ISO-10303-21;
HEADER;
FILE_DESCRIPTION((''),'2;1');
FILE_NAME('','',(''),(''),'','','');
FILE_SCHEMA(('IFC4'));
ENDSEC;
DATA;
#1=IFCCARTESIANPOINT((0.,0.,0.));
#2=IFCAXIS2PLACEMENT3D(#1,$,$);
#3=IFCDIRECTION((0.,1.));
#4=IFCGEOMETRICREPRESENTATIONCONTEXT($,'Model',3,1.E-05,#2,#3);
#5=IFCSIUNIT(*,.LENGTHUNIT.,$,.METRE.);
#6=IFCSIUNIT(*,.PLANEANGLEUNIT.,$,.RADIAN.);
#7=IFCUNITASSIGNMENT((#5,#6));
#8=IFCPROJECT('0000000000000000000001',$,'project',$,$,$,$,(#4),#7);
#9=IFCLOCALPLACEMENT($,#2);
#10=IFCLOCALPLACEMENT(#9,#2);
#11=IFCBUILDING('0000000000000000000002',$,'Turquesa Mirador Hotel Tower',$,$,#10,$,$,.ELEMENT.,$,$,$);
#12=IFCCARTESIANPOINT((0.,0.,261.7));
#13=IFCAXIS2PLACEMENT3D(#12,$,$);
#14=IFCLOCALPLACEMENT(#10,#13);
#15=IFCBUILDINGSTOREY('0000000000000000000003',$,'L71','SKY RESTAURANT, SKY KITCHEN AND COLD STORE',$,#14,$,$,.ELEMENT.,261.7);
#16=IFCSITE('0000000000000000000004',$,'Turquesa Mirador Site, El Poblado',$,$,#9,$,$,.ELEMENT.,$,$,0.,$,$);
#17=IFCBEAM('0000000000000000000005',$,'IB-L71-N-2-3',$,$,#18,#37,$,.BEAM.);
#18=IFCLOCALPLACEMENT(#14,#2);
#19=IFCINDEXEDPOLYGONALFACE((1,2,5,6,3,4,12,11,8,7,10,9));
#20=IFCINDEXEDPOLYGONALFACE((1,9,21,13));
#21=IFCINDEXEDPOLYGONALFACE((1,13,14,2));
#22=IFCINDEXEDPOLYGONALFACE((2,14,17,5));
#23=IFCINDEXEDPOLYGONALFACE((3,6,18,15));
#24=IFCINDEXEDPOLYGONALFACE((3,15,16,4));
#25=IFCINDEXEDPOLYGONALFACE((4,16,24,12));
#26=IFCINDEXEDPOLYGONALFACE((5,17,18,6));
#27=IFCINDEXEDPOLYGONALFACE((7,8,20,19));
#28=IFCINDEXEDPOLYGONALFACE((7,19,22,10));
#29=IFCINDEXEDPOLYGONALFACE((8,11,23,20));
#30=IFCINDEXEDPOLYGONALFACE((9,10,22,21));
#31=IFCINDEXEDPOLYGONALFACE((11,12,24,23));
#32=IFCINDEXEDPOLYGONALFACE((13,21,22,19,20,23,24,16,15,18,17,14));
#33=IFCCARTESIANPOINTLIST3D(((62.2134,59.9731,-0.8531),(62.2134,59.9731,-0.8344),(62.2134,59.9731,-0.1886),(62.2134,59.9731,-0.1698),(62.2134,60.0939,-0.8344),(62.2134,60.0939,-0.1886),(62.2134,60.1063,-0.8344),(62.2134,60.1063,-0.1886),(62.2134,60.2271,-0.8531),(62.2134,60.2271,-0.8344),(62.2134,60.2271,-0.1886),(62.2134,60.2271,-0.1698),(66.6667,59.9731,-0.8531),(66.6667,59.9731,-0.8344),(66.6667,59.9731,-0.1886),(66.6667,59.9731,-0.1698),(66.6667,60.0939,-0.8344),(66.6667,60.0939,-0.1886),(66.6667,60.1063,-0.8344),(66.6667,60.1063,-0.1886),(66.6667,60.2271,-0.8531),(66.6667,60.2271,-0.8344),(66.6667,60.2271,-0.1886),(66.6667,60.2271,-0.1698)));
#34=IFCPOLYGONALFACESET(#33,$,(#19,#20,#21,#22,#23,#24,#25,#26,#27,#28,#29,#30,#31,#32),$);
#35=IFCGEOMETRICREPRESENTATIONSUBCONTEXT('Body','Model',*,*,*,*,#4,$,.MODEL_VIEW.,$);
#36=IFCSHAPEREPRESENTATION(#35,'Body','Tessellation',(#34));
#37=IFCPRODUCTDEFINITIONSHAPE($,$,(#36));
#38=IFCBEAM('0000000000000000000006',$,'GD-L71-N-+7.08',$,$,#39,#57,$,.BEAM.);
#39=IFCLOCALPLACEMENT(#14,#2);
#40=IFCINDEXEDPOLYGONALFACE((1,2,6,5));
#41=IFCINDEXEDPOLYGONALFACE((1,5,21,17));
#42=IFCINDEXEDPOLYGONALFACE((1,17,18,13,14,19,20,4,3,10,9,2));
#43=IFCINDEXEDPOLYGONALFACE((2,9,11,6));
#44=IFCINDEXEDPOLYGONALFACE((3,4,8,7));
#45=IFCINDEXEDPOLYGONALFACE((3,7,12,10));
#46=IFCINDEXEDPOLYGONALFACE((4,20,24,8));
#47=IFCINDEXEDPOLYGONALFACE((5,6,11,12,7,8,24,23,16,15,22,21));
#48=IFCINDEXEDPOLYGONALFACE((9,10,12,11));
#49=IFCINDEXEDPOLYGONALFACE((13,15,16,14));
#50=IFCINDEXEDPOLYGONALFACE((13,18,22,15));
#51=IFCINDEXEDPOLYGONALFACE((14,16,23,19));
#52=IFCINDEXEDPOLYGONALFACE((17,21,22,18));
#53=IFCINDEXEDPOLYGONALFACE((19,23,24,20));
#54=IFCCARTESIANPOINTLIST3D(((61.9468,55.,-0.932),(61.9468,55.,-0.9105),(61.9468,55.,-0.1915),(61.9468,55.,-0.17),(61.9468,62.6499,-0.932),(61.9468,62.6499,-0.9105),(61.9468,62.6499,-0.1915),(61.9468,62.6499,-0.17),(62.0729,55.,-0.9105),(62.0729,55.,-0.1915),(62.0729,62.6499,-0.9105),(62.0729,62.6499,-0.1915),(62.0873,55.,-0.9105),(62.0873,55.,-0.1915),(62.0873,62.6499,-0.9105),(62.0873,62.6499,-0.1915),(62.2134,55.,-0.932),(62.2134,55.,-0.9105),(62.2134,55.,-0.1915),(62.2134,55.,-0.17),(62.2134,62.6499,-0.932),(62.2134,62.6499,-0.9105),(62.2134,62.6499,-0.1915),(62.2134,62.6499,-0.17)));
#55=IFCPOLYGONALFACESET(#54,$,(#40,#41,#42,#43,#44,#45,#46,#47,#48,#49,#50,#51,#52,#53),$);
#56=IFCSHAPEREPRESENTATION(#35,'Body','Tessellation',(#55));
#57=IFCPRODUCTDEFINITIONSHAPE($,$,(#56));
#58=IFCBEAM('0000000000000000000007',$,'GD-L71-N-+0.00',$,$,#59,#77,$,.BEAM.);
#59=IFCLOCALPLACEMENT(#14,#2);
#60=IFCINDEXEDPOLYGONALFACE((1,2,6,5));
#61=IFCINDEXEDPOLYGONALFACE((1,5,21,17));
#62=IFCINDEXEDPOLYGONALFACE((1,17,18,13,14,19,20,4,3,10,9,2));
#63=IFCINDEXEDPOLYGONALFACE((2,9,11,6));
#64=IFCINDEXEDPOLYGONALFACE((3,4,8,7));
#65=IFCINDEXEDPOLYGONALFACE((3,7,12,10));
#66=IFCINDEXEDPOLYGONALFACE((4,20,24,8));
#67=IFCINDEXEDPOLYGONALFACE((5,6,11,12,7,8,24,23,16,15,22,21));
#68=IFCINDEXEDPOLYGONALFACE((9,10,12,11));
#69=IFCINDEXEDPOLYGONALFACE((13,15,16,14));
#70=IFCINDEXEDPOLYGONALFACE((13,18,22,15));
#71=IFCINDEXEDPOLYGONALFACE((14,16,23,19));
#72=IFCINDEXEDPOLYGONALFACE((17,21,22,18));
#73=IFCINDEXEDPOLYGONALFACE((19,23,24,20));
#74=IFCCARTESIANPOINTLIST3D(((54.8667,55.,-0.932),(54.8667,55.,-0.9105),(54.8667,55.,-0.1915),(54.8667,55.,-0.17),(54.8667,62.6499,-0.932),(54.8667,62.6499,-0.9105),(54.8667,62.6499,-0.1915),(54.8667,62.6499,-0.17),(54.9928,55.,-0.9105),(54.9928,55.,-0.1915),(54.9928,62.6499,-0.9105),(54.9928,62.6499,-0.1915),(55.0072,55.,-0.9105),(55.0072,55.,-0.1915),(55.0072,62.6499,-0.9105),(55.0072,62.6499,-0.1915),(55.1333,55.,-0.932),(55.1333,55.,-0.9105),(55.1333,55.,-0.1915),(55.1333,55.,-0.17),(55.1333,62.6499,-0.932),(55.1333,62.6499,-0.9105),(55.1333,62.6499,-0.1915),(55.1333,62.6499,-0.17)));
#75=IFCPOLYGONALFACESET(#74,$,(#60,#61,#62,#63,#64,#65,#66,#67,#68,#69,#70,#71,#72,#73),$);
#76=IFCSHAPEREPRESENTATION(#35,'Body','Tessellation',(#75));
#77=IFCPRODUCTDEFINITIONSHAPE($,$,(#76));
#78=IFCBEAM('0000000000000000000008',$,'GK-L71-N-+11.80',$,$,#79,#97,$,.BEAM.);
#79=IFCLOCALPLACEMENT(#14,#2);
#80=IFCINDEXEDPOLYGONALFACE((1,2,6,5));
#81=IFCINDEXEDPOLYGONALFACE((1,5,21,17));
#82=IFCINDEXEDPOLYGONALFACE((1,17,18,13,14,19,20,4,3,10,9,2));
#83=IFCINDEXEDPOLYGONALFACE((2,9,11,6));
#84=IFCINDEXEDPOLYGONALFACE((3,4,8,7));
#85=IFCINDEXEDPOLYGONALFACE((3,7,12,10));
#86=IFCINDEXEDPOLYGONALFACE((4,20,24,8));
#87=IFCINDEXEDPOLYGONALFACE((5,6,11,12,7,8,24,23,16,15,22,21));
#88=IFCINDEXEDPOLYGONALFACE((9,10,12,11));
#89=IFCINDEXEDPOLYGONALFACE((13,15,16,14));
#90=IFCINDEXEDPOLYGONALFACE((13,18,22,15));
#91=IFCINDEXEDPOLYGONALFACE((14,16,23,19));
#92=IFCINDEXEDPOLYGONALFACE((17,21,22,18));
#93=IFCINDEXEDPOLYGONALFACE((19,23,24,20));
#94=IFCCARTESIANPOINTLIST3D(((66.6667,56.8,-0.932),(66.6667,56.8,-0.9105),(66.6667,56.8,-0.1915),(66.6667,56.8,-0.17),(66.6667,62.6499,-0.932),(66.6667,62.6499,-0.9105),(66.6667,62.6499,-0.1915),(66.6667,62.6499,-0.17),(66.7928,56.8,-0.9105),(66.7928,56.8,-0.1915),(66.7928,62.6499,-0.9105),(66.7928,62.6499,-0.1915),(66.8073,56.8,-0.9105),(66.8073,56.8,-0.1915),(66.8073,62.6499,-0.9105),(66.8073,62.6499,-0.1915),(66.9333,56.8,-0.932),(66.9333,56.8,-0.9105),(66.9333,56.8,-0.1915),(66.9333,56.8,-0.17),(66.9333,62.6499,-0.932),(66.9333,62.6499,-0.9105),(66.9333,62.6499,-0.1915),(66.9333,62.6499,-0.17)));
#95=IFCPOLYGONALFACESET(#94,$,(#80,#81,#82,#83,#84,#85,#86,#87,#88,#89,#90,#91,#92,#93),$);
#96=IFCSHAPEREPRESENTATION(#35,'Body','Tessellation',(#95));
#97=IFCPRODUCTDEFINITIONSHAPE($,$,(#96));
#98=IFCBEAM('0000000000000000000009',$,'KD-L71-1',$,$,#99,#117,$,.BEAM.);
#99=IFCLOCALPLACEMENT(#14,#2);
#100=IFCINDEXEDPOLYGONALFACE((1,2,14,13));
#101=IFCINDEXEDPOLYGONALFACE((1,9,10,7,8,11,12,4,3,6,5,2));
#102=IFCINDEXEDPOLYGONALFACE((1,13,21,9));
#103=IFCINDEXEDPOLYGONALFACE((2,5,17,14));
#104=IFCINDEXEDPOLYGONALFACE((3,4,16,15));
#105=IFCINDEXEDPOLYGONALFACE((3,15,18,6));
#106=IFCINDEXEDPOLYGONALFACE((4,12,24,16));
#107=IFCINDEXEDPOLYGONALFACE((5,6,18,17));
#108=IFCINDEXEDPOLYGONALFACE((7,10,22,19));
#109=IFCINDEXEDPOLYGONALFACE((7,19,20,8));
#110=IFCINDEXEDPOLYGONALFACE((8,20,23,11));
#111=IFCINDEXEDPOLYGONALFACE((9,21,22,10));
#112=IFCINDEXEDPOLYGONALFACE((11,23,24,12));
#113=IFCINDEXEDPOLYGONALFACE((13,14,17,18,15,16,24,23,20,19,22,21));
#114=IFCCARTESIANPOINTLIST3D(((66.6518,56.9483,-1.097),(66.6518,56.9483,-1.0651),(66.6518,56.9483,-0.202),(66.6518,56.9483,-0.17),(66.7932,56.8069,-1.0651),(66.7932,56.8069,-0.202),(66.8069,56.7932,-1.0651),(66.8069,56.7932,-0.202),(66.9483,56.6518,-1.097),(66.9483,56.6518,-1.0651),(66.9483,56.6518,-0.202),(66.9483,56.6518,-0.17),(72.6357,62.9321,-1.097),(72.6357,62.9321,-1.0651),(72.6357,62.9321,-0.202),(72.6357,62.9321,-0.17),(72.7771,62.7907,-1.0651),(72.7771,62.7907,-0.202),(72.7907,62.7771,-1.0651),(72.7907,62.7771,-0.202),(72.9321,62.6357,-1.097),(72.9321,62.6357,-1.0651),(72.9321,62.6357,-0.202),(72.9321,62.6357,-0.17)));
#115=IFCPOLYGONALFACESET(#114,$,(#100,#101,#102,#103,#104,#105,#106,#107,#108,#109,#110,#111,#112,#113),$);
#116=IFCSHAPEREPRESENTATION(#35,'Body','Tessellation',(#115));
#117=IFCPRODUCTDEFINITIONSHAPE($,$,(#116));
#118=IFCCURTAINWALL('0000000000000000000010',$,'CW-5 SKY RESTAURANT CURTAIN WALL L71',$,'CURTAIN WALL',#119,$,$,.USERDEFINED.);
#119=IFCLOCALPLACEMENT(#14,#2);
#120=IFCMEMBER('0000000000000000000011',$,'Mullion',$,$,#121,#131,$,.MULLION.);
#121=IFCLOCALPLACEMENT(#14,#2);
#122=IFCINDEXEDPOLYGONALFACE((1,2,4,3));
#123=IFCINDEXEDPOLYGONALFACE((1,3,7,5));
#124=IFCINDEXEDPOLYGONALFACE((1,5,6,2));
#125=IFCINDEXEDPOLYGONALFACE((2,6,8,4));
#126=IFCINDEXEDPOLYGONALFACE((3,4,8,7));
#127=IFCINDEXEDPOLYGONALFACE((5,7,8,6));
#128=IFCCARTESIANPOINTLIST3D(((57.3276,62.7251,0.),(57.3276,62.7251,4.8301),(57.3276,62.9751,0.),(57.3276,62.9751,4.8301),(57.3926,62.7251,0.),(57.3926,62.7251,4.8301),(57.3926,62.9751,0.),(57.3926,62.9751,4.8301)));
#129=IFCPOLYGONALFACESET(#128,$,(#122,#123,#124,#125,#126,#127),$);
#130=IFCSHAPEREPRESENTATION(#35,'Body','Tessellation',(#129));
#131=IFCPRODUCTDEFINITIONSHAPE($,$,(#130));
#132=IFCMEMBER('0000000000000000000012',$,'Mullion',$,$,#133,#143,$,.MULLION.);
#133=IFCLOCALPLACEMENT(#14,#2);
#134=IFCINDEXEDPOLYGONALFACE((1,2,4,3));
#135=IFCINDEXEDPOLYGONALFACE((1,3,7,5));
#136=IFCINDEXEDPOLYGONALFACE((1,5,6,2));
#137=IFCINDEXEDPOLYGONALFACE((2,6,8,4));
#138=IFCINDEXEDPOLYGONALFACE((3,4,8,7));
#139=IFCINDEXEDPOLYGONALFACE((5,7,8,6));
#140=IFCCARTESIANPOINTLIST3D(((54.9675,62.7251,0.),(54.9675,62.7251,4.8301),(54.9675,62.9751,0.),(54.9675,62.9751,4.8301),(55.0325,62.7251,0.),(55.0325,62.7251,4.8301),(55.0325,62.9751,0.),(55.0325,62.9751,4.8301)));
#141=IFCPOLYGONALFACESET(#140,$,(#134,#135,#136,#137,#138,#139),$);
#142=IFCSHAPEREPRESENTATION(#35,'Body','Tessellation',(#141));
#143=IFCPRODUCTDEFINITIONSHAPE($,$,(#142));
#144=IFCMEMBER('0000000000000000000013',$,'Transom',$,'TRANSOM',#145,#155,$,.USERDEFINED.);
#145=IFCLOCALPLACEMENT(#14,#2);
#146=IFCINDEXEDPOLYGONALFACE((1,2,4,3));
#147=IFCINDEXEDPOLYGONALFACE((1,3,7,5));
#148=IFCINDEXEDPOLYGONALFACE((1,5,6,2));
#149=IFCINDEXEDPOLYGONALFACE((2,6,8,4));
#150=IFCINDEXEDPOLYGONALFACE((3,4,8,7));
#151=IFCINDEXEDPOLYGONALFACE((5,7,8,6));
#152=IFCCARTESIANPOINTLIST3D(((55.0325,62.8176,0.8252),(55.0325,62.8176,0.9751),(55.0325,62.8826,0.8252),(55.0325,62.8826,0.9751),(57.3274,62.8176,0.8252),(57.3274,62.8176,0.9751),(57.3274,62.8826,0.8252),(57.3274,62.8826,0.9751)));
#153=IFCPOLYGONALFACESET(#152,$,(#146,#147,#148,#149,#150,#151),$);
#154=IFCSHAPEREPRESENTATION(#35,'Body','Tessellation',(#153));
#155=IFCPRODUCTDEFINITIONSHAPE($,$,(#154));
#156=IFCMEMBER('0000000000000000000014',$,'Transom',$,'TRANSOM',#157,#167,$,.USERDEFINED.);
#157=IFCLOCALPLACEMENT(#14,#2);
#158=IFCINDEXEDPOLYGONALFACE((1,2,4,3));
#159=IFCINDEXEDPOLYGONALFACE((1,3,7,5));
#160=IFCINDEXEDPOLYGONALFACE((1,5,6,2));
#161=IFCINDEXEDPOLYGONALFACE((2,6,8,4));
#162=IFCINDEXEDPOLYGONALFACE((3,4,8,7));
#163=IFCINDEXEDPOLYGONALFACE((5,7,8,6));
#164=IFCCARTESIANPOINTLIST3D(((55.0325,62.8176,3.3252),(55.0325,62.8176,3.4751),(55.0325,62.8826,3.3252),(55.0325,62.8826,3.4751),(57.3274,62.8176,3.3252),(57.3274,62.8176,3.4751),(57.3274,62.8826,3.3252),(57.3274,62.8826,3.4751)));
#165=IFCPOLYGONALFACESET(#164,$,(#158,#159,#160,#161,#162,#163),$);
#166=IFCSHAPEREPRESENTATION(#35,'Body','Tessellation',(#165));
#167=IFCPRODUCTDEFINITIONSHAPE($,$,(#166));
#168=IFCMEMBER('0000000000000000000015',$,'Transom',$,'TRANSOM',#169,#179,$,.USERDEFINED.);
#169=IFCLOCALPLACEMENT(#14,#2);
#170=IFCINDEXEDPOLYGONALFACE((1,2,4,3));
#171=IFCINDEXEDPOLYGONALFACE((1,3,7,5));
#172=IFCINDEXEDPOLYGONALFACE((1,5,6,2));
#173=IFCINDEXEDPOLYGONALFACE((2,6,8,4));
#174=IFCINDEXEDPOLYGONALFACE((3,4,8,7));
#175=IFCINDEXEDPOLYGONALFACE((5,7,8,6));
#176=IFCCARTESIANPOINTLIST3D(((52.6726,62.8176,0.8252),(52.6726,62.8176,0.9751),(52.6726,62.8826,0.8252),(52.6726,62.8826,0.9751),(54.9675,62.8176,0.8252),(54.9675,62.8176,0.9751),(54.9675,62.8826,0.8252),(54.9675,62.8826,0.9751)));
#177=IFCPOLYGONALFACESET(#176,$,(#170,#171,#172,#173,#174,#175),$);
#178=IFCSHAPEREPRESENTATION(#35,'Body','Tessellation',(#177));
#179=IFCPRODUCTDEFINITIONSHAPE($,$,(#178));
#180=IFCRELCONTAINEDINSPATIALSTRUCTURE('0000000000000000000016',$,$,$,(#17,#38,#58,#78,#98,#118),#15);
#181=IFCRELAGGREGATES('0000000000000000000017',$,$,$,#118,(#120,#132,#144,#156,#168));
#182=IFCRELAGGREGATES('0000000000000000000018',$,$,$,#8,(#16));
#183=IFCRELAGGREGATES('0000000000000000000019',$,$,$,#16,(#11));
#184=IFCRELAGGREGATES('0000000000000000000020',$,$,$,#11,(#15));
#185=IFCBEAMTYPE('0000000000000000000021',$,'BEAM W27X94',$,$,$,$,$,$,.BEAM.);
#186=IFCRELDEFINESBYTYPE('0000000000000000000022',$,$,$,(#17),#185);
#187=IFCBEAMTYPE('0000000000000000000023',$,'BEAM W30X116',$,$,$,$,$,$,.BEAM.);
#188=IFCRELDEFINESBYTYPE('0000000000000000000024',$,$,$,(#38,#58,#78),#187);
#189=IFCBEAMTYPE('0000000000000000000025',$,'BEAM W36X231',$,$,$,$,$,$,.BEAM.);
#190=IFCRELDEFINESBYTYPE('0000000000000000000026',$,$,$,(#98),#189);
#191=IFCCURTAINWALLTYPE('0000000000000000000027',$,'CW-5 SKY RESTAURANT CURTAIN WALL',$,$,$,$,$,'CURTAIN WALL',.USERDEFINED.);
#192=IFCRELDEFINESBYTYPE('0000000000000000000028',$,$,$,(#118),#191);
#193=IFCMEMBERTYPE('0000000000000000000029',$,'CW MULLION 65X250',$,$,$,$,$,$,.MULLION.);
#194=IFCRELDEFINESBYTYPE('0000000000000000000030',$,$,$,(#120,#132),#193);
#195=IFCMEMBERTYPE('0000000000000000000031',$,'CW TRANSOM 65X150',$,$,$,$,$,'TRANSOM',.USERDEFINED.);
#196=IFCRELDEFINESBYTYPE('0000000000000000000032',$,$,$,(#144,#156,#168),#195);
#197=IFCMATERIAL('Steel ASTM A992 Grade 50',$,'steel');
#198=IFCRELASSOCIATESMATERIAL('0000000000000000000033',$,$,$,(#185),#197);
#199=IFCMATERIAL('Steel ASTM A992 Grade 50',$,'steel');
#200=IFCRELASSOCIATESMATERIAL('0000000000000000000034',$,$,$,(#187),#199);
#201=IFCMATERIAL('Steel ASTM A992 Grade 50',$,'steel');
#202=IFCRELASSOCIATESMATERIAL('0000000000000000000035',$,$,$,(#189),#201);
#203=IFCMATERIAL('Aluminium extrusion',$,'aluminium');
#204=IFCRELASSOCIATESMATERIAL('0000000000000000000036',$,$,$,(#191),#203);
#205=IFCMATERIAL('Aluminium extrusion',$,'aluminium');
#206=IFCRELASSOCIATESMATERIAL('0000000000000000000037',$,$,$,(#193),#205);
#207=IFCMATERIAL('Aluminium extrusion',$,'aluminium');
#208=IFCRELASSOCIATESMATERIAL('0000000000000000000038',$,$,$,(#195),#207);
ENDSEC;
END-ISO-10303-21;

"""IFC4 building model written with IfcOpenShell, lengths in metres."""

from ifc_helpers import new_model, si_unit, direction, frame, origin, origin_2d, place, context, subcontext, project, spatial, rectangle, i_section, extrude, material, material_profile, profile_set, type_object, element, aggregate, save


model = new_model("IFC4")

# Units and contexts
model_context = context("Model", 3, precision=1e-05, world=origin(), true_north=direction((0.0, 1.0)))
body_context = subcontext(model_context, "Body", "Model", "MODEL_VIEW")
ifc_project = project(units=[si_unit("LENGTHUNIT", "METRE"), si_unit("PLANEANGLEUNIT", "RADIAN")], contexts=[model_context])

# Site, building, storey
site_placement = place(None, origin())
site = spatial("IfcSite", under=ifc_project, at=site_placement, Name="Turquesa Mirador Site, El Poblado", CompositionType="ELEMENT", RefElevation=0.0)
building_placement = place(site_placement, origin())
building = spatial("IfcBuilding", under=site, at=building_placement, Name="Turquesa Mirador Hotel Tower", CompositionType="ELEMENT")
storey_placement = place(building_placement, frame((0.0, 0.0, 261.7)))
storey = spatial("IfcBuildingStorey", under=building, at=storey_placement, Name="L71", Description="SKY RESTAURANT, SKY KITCHEN AND COLD STORE", CompositionType="ELEMENT", Elevation=261.7)

# Beams
ifc_material_1 = material(Name="Steel ASTM A992 Grade 50", Category="steel")
ifc_material_profile_1 = material_profile(ifc_material_1, i_section(OverallWidth=0.2539, OverallDepth=0.6833, WebThickness=0.0125, FlangeThickness=0.0188, at=origin_2d()), Name="W27X94")
ifc_profile_set_1 = profile_set([ifc_material_profile_1], Name="Steel ASTM A992 Grade 50")
beam_type_1 = type_object("IfcBeamType", Name="BEAM W27X94", PredefinedType="BEAM", material=ifc_profile_set_1)
beam_1_placement = place(storey_placement, frame((62.2134, 60.1001, -0.5115), z_axis=(1.0, 0.0, 0.0), x_axis=(0.0, 1.0, 0.0)))
element("IfcBeam", 1, at=beam_1_placement, inside=storey, type_object=beam_type_1, Name="IB-L71-N-2-3", PredefinedType="BEAM", context=body_context, shape_type="SweptSolid", body=[
    extrude(i_section(OverallWidth=0.2539, OverallDepth=0.6833, WebThickness=0.0125, FlangeThickness=0.0188, at=origin_2d()), origin(), (0.0, 0.0, 1.0), 4.4534),
])
ifc_material_2 = material(Name="Steel ASTM A992 Grade 50", Category="steel")
ifc_material_profile_2 = material_profile(ifc_material_2, i_section(OverallWidth=0.2666, OverallDepth=0.762, WebThickness=0.0144, FlangeThickness=0.0215, at=origin_2d()), Name="W30X116")
ifc_profile_set_2 = profile_set([ifc_material_profile_2], Name="Steel ASTM A992 Grade 50")
beam_type_2 = type_object("IfcBeamType", Name="BEAM W30X116", PredefinedType="BEAM", material=ifc_profile_set_2)
for number, where, z_axis, x_axis, name in (
    (2, (62.0801, 62.6499, -0.551), (0.0, -1.0, 0.0), (1.0, 0.0, 0.0), "GD-L71-N-+7.08"),
    (3, (55.0, 62.6499, -0.551), (0.0, -1.0, 0.0), (1.0, 0.0, 0.0), "GD-L71-N-+0.00"),
):
    element("IfcBeam", number, at=place(storey_placement, frame(where, z_axis=z_axis, x_axis=x_axis)), inside=storey, type_object=beam_type_2, Name=name, PredefinedType="BEAM", context=body_context, shape_type="SweptSolid", body=[
        extrude(i_section(OverallWidth=0.2666, OverallDepth=0.762, WebThickness=0.0144, FlangeThickness=0.0215, at=origin_2d()), origin(), (0.0, 0.0, 1.0), 7.6499),
    ])
beam_2_placement = place(storey_placement, frame((66.8, 62.6499, -0.551), z_axis=(0.0, -1.0, 0.0), x_axis=(1.0, 0.0, 0.0)))
element("IfcBeam", 4, at=beam_2_placement, inside=storey, type_object=beam_type_2, Name="GK-L71-N-+11.80", PredefinedType="BEAM", context=body_context, shape_type="SweptSolid", body=[
    extrude(i_section(OverallWidth=0.2666, OverallDepth=0.762, WebThickness=0.0144, FlangeThickness=0.0215, at=origin_2d()), origin(), (0.0, 0.0, 1.0), 5.8499),
])
ifc_material_3 = material(Name="Steel ASTM A992 Grade 50", Category="steel")
ifc_material_profile_3 = material_profile(ifc_material_3, i_section(OverallWidth=0.4192, OverallDepth=0.927, WebThickness=0.0193, FlangeThickness=0.032, at=origin_2d()), Name="W36X231")
ifc_profile_set_3 = profile_set([ifc_material_profile_3], Name="Steel ASTM A992 Grade 50")
beam_type_3 = type_object("IfcBeamType", Name="BEAM W36X231", PredefinedType="BEAM", material=ifc_profile_set_3)
beam_3_placement = place(storey_placement, frame((66.8, 56.8, -0.6335), z_axis=(0.707107, 0.707107, 0.0), x_axis=(-0.707107, 0.707107, 0.0)))
element("IfcBeam", 5, at=beam_3_placement, inside=storey, type_object=beam_type_3, Name="KD-L71-1", PredefinedType="BEAM", context=body_context, shape_type="SweptSolid", body=[
    extrude(i_section(OverallWidth=0.4192, OverallDepth=0.927, WebThickness=0.0193, FlangeThickness=0.032, at=origin_2d()), origin(), (0.0, 0.0, 1.0), 8.4624),
])

# Curtain wall, members
ifc_material_4 = material(Name="Aluminium extrusion", Category="aluminium")
curtain_wall_type = type_object("IfcCurtainWallType", Name="CW-5 SKY RESTAURANT CURTAIN WALL", ElementType="CURTAIN WALL", PredefinedType="USERDEFINED", material=ifc_material_4)
curtain_wall_placement = place(storey_placement, origin())
curtain_wall = element("IfcCurtainWall", 6, at=curtain_wall_placement, inside=storey, type_object=curtain_wall_type, Name="CW-5 SKY RESTAURANT CURTAIN WALL L71", ObjectType="CURTAIN WALL", PredefinedType="USERDEFINED")
ifc_material_5 = material(Name="Aluminium extrusion", Category="aluminium")
ifc_material_profile_4 = material_profile(ifc_material_5, rectangle(XDim=0.0649, YDim=0.25, at=origin_2d()), Name="MULLION 65X250")
ifc_profile_set_4 = profile_set([ifc_material_profile_4], Name="Aluminium extrusion")
member_type_1 = type_object("IfcMemberType", Name="CW MULLION 65X250", PredefinedType="MULLION", material=ifc_profile_set_4)
member_1_placement = place(storey_placement, frame((57.3601, 62.8501, 0.0), z_axis=(0.0, 0.0, 1.0), x_axis=(-1.0, 0.0, 0.0)))
member_1 = element("IfcMember", 7, at=member_1_placement, type_object=member_type_1, Name="Mullion", PredefinedType="MULLION", context=body_context, shape_type="SweptSolid", body=[
    extrude(rectangle(XDim=0.0649, YDim=0.25, at=origin_2d()), origin(), (0.0, 0.0, 1.0), 4.8301),
])
member_2_placement = place(storey_placement, frame((55.0, 62.8501, 0.0), z_axis=(0.0, 0.0, 1.0), x_axis=(-1.0, 0.0, 0.0)))
member_2 = element("IfcMember", 8, at=member_2_placement, type_object=member_type_1, Name="Mullion", PredefinedType="MULLION", context=body_context, shape_type="SweptSolid", body=[
    extrude(rectangle(XDim=0.0649, YDim=0.25, at=origin_2d()), origin(), (0.0, 0.0, 1.0), 4.8301),
])
ifc_material_6 = material(Name="Aluminium extrusion", Category="aluminium")
ifc_material_profile_5 = material_profile(ifc_material_6, rectangle(XDim=0.0649, YDim=0.1499, at=origin_2d()), Name="TRANSOM 65X150")
ifc_profile_set_5 = profile_set([ifc_material_profile_5], Name="Aluminium extrusion")
member_type_2 = type_object("IfcMemberType", Name="CW TRANSOM 65X150", ElementType="TRANSOM", PredefinedType="USERDEFINED", material=ifc_profile_set_5)
member_3_placement = place(storey_placement, frame((57.3274, 62.8501, 0.9001), z_axis=(-1.0, 0.0, 0.0), x_axis=(0.0, -1.0, 0.0)))
member_3 = element("IfcMember", 9, at=member_3_placement, type_object=member_type_2, Name="Transom", ObjectType="TRANSOM", PredefinedType="USERDEFINED", context=body_context, shape_type="SweptSolid", body=[
    extrude(rectangle(XDim=0.0649, YDim=0.1499, at=origin_2d()), origin(), (0.0, 0.0, 1.0), 2.2949),
])
member_4_placement = place(storey_placement, frame((57.3274, 62.8501, 3.4001), z_axis=(-1.0, 0.0, 0.0), x_axis=(0.0, -1.0, 0.0)))
member_4 = element("IfcMember", 10, at=member_4_placement, type_object=member_type_2, Name="Transom", ObjectType="TRANSOM", PredefinedType="USERDEFINED", context=body_context, shape_type="SweptSolid", body=[
    extrude(rectangle(XDim=0.0649, YDim=0.1499, at=origin_2d()), origin(), (0.0, 0.0, 1.0), 2.2949),
])
member_5_placement = place(storey_placement, frame((54.9675, 62.8501, 0.9001), z_axis=(-1.0, 0.0, 0.0), x_axis=(0.0, -1.0, 0.0)))
member_5 = element("IfcMember", 11, at=member_5_placement, type_object=member_type_2, Name="Transom", ObjectType="TRANSOM", PredefinedType="USERDEFINED", context=body_context, shape_type="SweptSolid", body=[
    extrude(rectangle(XDim=0.0649, YDim=0.1499, at=origin_2d()), origin(), (0.0, 0.0, 1.0), 2.2949),
])
aggregate(curtain_wall, [member_1, member_2, member_3, member_4, member_5])

save(model, "model.ifc")
